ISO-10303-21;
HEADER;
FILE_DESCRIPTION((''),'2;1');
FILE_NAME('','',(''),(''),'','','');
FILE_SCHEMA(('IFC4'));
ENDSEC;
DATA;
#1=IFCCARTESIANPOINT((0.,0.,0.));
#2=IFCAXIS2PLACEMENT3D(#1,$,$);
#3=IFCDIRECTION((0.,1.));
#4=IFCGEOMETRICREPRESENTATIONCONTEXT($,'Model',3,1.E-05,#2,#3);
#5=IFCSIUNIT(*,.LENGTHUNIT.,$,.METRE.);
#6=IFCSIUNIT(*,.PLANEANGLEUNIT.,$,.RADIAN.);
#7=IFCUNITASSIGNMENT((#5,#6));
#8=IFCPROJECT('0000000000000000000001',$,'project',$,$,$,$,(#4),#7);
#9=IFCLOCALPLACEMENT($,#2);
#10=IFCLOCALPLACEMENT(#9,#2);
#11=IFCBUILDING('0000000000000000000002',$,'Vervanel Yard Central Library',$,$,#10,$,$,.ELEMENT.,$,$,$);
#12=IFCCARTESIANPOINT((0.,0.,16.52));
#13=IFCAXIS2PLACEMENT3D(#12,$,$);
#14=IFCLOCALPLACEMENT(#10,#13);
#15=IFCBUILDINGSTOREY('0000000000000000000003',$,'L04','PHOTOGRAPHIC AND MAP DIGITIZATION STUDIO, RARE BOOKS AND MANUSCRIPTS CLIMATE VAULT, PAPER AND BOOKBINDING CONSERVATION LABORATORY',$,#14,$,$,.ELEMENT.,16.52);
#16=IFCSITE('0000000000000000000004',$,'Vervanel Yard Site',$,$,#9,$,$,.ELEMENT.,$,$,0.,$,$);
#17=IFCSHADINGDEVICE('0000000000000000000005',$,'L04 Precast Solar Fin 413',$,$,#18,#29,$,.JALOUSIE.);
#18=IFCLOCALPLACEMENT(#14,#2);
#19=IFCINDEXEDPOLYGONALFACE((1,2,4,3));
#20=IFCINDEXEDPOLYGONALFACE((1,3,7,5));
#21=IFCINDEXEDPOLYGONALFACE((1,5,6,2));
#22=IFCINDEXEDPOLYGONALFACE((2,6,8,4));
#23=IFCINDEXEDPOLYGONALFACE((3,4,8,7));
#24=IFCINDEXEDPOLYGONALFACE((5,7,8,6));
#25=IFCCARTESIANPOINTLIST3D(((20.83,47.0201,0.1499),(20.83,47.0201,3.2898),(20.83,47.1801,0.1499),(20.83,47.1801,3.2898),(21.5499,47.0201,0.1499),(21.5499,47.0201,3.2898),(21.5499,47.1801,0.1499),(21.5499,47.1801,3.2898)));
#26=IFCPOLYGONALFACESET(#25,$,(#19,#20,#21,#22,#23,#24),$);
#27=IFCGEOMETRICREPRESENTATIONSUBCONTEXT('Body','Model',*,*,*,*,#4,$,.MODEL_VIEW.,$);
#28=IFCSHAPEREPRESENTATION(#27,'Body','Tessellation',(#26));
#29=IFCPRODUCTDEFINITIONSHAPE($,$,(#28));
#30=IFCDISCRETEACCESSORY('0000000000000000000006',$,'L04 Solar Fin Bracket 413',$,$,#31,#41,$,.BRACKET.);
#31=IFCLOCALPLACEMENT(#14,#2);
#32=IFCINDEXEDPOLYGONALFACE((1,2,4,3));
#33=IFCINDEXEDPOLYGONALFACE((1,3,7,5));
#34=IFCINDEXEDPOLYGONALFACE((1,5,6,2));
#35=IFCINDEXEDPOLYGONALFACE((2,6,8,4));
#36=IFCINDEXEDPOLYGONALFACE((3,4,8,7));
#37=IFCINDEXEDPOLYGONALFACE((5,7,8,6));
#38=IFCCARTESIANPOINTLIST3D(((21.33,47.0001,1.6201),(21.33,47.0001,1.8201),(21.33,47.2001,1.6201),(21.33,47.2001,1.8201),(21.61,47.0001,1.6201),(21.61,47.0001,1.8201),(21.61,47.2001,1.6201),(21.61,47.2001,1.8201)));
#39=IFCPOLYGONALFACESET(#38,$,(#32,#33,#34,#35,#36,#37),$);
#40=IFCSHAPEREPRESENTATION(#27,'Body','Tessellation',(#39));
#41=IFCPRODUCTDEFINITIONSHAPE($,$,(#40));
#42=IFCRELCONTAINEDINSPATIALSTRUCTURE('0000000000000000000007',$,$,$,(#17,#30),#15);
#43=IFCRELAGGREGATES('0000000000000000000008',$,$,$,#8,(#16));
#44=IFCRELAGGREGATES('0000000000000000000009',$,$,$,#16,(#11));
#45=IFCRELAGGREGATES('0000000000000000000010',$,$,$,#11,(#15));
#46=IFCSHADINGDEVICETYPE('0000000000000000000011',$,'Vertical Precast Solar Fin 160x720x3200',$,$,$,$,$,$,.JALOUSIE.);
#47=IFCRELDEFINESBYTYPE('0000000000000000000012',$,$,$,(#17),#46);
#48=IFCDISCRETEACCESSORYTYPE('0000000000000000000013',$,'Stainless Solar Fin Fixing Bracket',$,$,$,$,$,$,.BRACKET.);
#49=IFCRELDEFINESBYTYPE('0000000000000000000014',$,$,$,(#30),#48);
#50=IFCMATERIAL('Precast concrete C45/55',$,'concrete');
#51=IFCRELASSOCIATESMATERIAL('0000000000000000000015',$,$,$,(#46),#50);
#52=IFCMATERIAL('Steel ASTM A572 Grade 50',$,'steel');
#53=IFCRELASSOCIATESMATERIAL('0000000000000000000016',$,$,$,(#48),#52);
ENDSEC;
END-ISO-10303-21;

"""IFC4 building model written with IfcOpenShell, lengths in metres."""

from ifc_helpers import new_model, si_unit, direction, frame, origin, origin_2d, place, context, subcontext, project, spatial, rectangle, extrude, material, type_object, element, save


model = new_model("IFC4")

# Units and contexts
model_context = context("Model", 3, precision=1e-05, world=origin(), true_north=direction((0.0, 1.0)))
body_context = subcontext(model_context, "Body", "Model", "MODEL_VIEW")
ifc_project = project(units=[si_unit("LENGTHUNIT", "METRE"), si_unit("PLANEANGLEUNIT", "RADIAN")], contexts=[model_context])

# Site, building, storey
site_placement = place(None, origin())
site = spatial("IfcSite", under=ifc_project, at=site_placement, Name="Vervanel Yard Site", CompositionType="ELEMENT", RefElevation=0.0)
building_placement = place(site_placement, origin())
building = spatial("IfcBuilding", under=site, at=building_placement, Name="Vervanel Yard Central Library", CompositionType="ELEMENT")
storey_placement = place(building_placement, frame((0.0, 0.0, 16.52)))
storey = spatial("IfcBuildingStorey", under=building, at=storey_placement, Name="L04", Description="PHOTOGRAPHIC AND MAP DIGITIZATION STUDIO, RARE BOOKS AND MANUSCRIPTS CLIMATE VAULT, PAPER AND BOOKBINDING CONSERVATION LABORATORY", CompositionType="ELEMENT", Elevation=16.52)

# Shared definitions
ifc_material_1 = material(Name="Steel ASTM A572 Grade 50", Category="steel")

# Shading device
ifc_material_2 = material(Name="Precast concrete C45/55", Category="concrete")
shading_device_type = type_object("IfcShadingDeviceType", Name="Vertical Precast Solar Fin 160x720x3200", PredefinedType="JALOUSIE", material=ifc_material_2)
shading_device_placement = place(storey_placement, frame((21.1899, 47.1001, 0.1499), z_axis=(0.0, 0.0, 1.0), x_axis=(0.0, 1.0, 0.0)))
element("IfcShadingDevice", 1, at=shading_device_placement, inside=storey, type_object=shading_device_type, Name="L04 Precast Solar Fin 413", PredefinedType="JALOUSIE", context=body_context, shape_type="SweptSolid", body=[
    extrude(rectangle(XDim=0.1599, YDim=0.72, at=origin_2d()), origin(), (0.0, 0.0, 1.0), 3.1399),
])

# Discrete accessory
discrete_accessory_type = type_object("IfcDiscreteAccessoryType", Name="Stainless Solar Fin Fixing Bracket", PredefinedType="BRACKET", material=ifc_material_1)
discrete_accessory_placement = place(storey_placement, frame((21.47, 47.1001, 1.6201), z_axis=(0.0, 0.0, 1.0), x_axis=(0.0, 1.0, 0.0)))
element("IfcDiscreteAccessory", 2, at=discrete_accessory_placement, inside=storey, type_object=discrete_accessory_type, Name="L04 Solar Fin Bracket 413", PredefinedType="BRACKET", context=body_context, shape_type="SweptSolid", body=[
    extrude(rectangle(XDim=0.2, YDim=0.28, at=origin_2d()), origin(), (0.0, 0.0, 1.0), 0.2),
])

save(model, "model.ifc")
